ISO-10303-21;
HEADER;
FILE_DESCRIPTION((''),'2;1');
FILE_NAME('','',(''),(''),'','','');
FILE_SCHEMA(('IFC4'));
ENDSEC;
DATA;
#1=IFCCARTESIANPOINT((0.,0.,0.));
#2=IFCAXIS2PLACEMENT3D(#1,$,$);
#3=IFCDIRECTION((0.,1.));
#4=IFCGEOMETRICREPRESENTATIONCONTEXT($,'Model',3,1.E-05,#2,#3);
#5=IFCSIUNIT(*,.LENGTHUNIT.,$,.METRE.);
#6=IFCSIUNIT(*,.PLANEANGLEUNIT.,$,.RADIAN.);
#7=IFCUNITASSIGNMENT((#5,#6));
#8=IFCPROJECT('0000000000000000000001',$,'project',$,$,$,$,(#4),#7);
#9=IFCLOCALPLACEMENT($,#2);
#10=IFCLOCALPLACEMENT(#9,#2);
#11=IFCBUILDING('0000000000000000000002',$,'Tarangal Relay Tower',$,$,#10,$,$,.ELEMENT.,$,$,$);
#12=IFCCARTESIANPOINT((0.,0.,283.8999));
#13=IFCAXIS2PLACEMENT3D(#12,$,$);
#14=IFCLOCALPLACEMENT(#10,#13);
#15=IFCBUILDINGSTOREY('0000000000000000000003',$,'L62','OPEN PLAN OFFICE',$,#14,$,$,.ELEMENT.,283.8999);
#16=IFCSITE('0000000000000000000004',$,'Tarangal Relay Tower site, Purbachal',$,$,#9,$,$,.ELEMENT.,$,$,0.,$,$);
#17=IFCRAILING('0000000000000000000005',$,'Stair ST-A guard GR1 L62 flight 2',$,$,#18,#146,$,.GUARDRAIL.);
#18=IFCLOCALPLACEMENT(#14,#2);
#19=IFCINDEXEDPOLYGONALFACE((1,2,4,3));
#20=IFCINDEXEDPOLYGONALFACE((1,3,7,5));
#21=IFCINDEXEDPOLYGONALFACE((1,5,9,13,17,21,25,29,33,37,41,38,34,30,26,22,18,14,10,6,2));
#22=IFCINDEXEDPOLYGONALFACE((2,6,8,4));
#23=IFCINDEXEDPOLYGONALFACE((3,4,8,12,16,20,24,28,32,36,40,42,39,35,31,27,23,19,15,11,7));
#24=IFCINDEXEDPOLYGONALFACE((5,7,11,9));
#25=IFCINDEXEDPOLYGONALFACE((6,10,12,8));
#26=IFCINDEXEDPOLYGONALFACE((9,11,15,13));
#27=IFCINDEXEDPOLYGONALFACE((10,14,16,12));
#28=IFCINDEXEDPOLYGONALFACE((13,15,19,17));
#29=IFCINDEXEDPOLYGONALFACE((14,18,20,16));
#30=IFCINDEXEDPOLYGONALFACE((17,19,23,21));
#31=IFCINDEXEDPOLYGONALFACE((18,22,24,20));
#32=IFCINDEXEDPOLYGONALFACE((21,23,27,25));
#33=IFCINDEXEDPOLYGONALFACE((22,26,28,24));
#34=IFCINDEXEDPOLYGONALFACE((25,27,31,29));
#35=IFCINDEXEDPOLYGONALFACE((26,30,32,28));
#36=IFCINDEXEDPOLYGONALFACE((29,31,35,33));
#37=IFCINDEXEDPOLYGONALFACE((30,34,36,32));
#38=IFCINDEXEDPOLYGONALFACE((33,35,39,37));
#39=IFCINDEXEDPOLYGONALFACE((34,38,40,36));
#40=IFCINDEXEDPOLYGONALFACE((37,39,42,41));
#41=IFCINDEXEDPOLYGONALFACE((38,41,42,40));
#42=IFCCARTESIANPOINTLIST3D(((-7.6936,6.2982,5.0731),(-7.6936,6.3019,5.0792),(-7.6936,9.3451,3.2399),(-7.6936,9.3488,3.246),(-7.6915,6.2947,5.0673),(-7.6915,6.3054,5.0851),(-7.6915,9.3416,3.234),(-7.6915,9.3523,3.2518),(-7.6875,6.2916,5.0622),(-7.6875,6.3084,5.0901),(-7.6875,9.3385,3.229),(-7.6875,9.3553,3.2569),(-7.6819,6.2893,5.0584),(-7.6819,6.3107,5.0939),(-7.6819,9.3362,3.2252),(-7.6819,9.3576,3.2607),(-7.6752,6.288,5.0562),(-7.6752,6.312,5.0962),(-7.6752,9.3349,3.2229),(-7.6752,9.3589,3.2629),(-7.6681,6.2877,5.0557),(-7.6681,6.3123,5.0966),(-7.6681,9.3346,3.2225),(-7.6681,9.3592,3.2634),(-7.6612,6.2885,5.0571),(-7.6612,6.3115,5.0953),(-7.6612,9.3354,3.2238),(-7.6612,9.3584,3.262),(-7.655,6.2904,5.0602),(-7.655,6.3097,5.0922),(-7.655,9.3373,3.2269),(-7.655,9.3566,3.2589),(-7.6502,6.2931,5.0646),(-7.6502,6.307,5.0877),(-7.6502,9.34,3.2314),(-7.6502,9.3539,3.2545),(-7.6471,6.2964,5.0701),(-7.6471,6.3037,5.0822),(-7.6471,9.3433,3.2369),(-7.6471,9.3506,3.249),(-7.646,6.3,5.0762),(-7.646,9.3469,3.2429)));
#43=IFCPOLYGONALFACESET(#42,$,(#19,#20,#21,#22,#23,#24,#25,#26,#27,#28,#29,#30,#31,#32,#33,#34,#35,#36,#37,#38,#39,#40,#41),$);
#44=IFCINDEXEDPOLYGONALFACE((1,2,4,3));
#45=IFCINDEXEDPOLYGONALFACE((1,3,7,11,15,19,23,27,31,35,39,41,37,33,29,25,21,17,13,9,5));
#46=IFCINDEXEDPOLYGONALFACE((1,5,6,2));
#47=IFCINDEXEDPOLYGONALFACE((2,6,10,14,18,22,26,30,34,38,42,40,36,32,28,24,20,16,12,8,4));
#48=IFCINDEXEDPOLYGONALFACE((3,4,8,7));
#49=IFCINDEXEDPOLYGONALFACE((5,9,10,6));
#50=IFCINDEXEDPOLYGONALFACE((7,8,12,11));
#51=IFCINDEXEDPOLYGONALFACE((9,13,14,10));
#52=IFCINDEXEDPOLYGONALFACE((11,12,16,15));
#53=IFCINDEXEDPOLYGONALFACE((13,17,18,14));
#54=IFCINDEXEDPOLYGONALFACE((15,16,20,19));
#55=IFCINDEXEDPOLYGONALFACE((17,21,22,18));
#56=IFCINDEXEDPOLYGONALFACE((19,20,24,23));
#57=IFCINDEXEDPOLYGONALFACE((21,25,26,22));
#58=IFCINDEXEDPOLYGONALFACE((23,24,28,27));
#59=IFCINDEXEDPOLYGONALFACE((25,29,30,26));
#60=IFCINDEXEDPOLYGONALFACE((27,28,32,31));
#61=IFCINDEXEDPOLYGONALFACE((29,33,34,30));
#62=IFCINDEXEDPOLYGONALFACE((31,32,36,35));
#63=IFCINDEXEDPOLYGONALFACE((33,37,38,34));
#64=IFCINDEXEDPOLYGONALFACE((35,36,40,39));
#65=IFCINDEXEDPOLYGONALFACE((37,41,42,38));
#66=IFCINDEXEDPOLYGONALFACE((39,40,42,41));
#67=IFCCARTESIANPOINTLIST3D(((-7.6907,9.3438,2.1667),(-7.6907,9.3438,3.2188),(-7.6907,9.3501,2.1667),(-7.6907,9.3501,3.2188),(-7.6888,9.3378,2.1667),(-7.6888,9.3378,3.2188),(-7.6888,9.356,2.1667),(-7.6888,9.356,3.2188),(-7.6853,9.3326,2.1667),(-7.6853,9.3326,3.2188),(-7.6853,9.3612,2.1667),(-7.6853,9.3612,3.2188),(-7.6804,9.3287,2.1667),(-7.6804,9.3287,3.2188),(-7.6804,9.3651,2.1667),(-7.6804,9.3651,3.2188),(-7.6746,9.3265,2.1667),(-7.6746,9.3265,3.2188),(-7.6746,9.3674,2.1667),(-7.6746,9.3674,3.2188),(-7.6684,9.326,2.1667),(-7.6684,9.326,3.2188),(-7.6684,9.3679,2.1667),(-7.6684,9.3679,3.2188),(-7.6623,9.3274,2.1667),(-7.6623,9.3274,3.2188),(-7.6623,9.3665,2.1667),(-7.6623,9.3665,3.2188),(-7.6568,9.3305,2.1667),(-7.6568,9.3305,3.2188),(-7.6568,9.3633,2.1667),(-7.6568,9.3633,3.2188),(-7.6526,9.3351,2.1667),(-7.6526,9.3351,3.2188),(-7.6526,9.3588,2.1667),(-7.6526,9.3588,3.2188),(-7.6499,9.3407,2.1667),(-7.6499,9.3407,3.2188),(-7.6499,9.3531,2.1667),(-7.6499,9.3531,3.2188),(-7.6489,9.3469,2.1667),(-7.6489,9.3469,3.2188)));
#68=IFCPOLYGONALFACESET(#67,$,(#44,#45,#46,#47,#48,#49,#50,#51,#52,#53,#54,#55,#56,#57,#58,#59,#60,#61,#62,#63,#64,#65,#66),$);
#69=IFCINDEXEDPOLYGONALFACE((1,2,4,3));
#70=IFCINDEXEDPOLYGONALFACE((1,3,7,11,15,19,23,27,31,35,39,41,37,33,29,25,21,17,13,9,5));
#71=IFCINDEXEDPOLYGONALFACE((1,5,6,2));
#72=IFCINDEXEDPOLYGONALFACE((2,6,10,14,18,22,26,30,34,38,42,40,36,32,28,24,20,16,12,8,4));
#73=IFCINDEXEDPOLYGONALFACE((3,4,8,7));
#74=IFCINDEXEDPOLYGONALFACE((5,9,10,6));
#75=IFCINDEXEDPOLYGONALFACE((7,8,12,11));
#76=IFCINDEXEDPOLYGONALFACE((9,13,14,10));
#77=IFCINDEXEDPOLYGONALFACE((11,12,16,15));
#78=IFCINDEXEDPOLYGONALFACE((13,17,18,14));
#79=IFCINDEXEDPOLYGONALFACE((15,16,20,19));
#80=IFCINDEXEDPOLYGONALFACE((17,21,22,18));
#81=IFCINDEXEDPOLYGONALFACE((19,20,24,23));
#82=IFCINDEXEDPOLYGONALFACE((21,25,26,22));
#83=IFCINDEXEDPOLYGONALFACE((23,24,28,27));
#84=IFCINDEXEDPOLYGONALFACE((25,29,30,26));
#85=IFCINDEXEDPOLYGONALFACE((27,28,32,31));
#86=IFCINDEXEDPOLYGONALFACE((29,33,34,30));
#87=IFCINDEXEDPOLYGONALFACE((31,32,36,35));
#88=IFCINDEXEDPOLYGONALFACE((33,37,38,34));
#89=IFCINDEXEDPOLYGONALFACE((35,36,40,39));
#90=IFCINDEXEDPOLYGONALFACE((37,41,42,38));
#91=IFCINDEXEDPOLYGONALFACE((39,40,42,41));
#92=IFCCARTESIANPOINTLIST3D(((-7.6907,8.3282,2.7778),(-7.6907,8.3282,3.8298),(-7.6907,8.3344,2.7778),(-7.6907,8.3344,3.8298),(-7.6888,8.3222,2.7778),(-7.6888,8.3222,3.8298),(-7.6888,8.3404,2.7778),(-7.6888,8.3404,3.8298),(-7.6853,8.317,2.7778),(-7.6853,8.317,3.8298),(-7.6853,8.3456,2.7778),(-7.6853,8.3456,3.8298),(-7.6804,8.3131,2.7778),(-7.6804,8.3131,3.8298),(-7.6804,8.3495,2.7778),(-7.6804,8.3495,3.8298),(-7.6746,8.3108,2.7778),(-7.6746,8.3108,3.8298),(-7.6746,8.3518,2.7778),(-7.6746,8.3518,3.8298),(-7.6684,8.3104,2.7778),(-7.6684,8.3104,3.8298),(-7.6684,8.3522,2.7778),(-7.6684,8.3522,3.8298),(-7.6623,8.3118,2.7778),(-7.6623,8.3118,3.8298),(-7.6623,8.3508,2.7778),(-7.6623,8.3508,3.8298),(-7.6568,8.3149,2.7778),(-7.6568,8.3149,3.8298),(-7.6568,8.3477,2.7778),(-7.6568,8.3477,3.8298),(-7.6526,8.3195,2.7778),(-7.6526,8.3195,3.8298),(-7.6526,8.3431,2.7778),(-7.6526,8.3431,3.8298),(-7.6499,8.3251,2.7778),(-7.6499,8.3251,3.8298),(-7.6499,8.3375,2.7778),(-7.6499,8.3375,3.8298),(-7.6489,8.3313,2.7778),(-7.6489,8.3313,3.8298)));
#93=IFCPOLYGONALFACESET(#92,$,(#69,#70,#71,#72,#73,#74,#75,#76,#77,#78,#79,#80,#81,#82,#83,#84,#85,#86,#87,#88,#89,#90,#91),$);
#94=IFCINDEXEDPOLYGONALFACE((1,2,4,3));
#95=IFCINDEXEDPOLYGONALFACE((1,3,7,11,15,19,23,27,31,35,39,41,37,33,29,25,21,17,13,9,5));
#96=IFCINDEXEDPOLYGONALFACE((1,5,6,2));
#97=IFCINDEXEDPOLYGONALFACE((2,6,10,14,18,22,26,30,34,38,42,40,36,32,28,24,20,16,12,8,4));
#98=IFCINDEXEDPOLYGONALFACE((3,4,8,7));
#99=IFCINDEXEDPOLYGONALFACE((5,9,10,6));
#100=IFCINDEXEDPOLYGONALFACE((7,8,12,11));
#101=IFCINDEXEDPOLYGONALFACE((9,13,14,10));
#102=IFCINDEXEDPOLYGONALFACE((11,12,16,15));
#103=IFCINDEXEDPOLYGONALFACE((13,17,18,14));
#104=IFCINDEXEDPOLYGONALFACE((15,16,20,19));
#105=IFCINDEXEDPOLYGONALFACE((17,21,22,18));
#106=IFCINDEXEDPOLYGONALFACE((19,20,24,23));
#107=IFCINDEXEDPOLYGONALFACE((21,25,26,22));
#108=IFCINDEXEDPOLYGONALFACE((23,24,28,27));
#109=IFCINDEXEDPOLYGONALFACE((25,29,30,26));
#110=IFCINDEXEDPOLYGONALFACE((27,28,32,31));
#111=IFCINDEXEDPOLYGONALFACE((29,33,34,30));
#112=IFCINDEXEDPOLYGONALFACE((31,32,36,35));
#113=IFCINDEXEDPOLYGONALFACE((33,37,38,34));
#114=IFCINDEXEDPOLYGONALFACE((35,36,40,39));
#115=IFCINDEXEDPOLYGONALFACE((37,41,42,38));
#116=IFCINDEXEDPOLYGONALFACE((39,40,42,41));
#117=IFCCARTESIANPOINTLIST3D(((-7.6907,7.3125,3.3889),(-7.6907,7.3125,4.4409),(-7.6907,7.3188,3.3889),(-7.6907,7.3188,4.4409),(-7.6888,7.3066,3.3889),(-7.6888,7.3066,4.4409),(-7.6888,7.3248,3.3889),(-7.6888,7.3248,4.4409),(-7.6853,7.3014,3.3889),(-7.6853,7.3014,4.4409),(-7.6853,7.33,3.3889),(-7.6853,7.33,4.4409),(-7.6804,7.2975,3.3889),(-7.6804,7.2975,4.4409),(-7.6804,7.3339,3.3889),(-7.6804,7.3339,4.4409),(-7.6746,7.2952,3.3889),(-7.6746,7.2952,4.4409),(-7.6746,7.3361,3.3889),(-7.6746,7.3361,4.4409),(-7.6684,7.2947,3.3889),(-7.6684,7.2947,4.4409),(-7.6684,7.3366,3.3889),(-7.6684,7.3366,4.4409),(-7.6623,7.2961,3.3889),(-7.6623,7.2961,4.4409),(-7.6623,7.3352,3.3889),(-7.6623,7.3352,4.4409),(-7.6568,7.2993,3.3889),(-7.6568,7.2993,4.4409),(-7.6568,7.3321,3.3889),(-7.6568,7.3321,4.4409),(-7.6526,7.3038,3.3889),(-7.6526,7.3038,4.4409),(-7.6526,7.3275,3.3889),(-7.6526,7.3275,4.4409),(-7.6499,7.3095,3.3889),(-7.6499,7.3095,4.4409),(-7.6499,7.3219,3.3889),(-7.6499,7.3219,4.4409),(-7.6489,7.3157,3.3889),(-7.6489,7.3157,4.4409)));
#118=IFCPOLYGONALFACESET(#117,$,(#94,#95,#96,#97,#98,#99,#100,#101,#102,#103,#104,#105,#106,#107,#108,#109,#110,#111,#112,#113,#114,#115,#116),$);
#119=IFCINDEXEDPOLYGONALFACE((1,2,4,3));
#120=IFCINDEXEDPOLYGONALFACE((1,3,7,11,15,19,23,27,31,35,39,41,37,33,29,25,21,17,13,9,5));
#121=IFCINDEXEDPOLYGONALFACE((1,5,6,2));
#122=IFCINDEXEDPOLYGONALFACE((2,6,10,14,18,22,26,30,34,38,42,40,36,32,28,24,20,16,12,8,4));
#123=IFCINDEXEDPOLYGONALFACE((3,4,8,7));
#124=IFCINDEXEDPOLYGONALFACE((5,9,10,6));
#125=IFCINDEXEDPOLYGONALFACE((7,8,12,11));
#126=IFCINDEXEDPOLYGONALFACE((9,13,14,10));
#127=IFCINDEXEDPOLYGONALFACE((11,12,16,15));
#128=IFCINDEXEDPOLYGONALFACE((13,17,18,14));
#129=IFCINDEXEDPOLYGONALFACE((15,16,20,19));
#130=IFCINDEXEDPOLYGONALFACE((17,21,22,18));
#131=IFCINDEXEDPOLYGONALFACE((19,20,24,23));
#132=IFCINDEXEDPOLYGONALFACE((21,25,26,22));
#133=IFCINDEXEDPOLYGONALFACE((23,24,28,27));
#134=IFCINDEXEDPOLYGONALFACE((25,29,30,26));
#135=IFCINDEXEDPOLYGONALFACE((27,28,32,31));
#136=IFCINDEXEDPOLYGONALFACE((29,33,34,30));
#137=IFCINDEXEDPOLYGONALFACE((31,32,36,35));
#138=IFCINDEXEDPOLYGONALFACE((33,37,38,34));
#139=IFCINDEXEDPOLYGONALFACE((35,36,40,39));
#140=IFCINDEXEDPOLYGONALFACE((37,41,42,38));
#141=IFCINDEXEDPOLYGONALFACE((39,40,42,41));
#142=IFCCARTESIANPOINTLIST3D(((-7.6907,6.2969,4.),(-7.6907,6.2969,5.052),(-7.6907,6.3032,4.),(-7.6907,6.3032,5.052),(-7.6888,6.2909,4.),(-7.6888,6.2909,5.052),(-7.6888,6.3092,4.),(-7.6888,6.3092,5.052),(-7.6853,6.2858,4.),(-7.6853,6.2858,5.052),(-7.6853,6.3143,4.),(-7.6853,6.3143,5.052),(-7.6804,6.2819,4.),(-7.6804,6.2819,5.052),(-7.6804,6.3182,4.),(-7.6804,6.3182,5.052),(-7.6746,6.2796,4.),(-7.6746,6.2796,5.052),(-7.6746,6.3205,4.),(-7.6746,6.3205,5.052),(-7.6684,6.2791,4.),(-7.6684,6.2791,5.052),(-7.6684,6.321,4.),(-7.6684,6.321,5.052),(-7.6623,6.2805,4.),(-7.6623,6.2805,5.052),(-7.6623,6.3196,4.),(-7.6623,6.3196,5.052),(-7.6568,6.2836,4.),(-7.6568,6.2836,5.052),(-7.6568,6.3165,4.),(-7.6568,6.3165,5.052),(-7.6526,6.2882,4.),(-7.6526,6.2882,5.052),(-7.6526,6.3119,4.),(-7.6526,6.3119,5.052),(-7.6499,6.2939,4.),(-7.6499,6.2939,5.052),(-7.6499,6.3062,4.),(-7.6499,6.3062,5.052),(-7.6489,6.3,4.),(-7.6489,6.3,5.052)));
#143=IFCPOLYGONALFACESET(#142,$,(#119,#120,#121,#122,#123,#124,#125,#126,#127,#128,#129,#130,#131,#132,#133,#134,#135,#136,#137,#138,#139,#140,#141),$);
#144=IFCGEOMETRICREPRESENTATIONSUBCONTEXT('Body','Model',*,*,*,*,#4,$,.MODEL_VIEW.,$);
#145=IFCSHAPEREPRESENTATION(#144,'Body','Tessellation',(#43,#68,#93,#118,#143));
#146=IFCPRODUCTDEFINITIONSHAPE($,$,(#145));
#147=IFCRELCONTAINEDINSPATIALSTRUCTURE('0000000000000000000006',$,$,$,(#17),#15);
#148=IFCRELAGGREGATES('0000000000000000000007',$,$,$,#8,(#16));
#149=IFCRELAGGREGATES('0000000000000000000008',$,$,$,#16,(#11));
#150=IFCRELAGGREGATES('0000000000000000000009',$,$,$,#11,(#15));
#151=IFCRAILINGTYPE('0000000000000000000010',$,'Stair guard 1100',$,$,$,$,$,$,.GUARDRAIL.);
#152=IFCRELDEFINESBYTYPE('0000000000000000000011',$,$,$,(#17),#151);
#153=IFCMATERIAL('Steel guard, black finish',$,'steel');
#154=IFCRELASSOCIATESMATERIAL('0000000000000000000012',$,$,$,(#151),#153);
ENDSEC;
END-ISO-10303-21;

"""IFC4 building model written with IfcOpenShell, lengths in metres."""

from ifc_helpers import new_model, si_unit, direction, frame, origin, origin_2d, place, context, subcontext, project, spatial, circle, extrude, material, type_object, element, save


model = new_model("IFC4")

# Units and contexts
model_context = context("Model", 3, precision=1e-05, world=origin(), true_north=direction((0.0, 1.0)))
body_context = subcontext(model_context, "Body", "Model", "MODEL_VIEW")
ifc_project = project(units=[si_unit("LENGTHUNIT", "METRE"), si_unit("PLANEANGLEUNIT", "RADIAN")], contexts=[model_context])

# Site, building, storey
site_placement = place(None, origin())
site = spatial("IfcSite", under=ifc_project, at=site_placement, Name="Tarangal Relay Tower site, Purbachal", CompositionType="ELEMENT", RefElevation=0.0)
building_placement = place(site_placement, origin())
building = spatial("IfcBuilding", under=site, at=building_placement, Name="Tarangal Relay Tower", CompositionType="ELEMENT")
storey_placement = place(building_placement, frame((0.0, 0.0, 283.8999)))
storey = spatial("IfcBuildingStorey", under=building, at=storey_placement, Name="L62", Description="OPEN PLAN OFFICE", CompositionType="ELEMENT", Elevation=283.8999)

# Railing
ifc_material_1 = material(Name="Steel guard, black finish", Category="steel")
railing_type_1 = type_object("IfcRailingType", Name="Stair guard 1100", PredefinedType="GUARDRAIL", material=ifc_material_1)
railing_1_placement = place(storey_placement, frame((-7.6699, 9.3469, 2.1667)))
element("IfcRailing", 1, at=railing_1_placement, inside=storey, type_object=railing_type_1, Name="Stair ST-A guard GR1 L62 flight 2", PredefinedType="GUARDRAIL", context=body_context, shape_type="SweptSolid", body=[
    extrude(circle(Radius=0.0239, at=origin_2d()), frame((0.0, 0.0, 1.0762), z_axis=(0.0, -0.856856, 0.515556), x_axis=(1.0, 0.0, 0.0)), (0.0, 0.0, 1.0), 3.5559),
    extrude(circle(Radius=0.021, at=origin_2d()), origin(), (0.0, 0.0, 1.0), 1.052),
    extrude(circle(Radius=0.021, at=origin_2d()), frame((0.0, -1.0156, 0.6111)), (0.0, 0.0, 1.0), 1.052),
    extrude(circle(Radius=0.021, at=origin_2d()), frame((0.0, -2.0312, 1.2222)), (0.0, 0.0, 1.0), 1.052),
    extrude(circle(Radius=0.021, at=origin_2d()), frame((0.0, -3.0469, 1.8333)), (0.0, 0.0, 1.0), 1.052),
])

save(model, "model.ifc")
